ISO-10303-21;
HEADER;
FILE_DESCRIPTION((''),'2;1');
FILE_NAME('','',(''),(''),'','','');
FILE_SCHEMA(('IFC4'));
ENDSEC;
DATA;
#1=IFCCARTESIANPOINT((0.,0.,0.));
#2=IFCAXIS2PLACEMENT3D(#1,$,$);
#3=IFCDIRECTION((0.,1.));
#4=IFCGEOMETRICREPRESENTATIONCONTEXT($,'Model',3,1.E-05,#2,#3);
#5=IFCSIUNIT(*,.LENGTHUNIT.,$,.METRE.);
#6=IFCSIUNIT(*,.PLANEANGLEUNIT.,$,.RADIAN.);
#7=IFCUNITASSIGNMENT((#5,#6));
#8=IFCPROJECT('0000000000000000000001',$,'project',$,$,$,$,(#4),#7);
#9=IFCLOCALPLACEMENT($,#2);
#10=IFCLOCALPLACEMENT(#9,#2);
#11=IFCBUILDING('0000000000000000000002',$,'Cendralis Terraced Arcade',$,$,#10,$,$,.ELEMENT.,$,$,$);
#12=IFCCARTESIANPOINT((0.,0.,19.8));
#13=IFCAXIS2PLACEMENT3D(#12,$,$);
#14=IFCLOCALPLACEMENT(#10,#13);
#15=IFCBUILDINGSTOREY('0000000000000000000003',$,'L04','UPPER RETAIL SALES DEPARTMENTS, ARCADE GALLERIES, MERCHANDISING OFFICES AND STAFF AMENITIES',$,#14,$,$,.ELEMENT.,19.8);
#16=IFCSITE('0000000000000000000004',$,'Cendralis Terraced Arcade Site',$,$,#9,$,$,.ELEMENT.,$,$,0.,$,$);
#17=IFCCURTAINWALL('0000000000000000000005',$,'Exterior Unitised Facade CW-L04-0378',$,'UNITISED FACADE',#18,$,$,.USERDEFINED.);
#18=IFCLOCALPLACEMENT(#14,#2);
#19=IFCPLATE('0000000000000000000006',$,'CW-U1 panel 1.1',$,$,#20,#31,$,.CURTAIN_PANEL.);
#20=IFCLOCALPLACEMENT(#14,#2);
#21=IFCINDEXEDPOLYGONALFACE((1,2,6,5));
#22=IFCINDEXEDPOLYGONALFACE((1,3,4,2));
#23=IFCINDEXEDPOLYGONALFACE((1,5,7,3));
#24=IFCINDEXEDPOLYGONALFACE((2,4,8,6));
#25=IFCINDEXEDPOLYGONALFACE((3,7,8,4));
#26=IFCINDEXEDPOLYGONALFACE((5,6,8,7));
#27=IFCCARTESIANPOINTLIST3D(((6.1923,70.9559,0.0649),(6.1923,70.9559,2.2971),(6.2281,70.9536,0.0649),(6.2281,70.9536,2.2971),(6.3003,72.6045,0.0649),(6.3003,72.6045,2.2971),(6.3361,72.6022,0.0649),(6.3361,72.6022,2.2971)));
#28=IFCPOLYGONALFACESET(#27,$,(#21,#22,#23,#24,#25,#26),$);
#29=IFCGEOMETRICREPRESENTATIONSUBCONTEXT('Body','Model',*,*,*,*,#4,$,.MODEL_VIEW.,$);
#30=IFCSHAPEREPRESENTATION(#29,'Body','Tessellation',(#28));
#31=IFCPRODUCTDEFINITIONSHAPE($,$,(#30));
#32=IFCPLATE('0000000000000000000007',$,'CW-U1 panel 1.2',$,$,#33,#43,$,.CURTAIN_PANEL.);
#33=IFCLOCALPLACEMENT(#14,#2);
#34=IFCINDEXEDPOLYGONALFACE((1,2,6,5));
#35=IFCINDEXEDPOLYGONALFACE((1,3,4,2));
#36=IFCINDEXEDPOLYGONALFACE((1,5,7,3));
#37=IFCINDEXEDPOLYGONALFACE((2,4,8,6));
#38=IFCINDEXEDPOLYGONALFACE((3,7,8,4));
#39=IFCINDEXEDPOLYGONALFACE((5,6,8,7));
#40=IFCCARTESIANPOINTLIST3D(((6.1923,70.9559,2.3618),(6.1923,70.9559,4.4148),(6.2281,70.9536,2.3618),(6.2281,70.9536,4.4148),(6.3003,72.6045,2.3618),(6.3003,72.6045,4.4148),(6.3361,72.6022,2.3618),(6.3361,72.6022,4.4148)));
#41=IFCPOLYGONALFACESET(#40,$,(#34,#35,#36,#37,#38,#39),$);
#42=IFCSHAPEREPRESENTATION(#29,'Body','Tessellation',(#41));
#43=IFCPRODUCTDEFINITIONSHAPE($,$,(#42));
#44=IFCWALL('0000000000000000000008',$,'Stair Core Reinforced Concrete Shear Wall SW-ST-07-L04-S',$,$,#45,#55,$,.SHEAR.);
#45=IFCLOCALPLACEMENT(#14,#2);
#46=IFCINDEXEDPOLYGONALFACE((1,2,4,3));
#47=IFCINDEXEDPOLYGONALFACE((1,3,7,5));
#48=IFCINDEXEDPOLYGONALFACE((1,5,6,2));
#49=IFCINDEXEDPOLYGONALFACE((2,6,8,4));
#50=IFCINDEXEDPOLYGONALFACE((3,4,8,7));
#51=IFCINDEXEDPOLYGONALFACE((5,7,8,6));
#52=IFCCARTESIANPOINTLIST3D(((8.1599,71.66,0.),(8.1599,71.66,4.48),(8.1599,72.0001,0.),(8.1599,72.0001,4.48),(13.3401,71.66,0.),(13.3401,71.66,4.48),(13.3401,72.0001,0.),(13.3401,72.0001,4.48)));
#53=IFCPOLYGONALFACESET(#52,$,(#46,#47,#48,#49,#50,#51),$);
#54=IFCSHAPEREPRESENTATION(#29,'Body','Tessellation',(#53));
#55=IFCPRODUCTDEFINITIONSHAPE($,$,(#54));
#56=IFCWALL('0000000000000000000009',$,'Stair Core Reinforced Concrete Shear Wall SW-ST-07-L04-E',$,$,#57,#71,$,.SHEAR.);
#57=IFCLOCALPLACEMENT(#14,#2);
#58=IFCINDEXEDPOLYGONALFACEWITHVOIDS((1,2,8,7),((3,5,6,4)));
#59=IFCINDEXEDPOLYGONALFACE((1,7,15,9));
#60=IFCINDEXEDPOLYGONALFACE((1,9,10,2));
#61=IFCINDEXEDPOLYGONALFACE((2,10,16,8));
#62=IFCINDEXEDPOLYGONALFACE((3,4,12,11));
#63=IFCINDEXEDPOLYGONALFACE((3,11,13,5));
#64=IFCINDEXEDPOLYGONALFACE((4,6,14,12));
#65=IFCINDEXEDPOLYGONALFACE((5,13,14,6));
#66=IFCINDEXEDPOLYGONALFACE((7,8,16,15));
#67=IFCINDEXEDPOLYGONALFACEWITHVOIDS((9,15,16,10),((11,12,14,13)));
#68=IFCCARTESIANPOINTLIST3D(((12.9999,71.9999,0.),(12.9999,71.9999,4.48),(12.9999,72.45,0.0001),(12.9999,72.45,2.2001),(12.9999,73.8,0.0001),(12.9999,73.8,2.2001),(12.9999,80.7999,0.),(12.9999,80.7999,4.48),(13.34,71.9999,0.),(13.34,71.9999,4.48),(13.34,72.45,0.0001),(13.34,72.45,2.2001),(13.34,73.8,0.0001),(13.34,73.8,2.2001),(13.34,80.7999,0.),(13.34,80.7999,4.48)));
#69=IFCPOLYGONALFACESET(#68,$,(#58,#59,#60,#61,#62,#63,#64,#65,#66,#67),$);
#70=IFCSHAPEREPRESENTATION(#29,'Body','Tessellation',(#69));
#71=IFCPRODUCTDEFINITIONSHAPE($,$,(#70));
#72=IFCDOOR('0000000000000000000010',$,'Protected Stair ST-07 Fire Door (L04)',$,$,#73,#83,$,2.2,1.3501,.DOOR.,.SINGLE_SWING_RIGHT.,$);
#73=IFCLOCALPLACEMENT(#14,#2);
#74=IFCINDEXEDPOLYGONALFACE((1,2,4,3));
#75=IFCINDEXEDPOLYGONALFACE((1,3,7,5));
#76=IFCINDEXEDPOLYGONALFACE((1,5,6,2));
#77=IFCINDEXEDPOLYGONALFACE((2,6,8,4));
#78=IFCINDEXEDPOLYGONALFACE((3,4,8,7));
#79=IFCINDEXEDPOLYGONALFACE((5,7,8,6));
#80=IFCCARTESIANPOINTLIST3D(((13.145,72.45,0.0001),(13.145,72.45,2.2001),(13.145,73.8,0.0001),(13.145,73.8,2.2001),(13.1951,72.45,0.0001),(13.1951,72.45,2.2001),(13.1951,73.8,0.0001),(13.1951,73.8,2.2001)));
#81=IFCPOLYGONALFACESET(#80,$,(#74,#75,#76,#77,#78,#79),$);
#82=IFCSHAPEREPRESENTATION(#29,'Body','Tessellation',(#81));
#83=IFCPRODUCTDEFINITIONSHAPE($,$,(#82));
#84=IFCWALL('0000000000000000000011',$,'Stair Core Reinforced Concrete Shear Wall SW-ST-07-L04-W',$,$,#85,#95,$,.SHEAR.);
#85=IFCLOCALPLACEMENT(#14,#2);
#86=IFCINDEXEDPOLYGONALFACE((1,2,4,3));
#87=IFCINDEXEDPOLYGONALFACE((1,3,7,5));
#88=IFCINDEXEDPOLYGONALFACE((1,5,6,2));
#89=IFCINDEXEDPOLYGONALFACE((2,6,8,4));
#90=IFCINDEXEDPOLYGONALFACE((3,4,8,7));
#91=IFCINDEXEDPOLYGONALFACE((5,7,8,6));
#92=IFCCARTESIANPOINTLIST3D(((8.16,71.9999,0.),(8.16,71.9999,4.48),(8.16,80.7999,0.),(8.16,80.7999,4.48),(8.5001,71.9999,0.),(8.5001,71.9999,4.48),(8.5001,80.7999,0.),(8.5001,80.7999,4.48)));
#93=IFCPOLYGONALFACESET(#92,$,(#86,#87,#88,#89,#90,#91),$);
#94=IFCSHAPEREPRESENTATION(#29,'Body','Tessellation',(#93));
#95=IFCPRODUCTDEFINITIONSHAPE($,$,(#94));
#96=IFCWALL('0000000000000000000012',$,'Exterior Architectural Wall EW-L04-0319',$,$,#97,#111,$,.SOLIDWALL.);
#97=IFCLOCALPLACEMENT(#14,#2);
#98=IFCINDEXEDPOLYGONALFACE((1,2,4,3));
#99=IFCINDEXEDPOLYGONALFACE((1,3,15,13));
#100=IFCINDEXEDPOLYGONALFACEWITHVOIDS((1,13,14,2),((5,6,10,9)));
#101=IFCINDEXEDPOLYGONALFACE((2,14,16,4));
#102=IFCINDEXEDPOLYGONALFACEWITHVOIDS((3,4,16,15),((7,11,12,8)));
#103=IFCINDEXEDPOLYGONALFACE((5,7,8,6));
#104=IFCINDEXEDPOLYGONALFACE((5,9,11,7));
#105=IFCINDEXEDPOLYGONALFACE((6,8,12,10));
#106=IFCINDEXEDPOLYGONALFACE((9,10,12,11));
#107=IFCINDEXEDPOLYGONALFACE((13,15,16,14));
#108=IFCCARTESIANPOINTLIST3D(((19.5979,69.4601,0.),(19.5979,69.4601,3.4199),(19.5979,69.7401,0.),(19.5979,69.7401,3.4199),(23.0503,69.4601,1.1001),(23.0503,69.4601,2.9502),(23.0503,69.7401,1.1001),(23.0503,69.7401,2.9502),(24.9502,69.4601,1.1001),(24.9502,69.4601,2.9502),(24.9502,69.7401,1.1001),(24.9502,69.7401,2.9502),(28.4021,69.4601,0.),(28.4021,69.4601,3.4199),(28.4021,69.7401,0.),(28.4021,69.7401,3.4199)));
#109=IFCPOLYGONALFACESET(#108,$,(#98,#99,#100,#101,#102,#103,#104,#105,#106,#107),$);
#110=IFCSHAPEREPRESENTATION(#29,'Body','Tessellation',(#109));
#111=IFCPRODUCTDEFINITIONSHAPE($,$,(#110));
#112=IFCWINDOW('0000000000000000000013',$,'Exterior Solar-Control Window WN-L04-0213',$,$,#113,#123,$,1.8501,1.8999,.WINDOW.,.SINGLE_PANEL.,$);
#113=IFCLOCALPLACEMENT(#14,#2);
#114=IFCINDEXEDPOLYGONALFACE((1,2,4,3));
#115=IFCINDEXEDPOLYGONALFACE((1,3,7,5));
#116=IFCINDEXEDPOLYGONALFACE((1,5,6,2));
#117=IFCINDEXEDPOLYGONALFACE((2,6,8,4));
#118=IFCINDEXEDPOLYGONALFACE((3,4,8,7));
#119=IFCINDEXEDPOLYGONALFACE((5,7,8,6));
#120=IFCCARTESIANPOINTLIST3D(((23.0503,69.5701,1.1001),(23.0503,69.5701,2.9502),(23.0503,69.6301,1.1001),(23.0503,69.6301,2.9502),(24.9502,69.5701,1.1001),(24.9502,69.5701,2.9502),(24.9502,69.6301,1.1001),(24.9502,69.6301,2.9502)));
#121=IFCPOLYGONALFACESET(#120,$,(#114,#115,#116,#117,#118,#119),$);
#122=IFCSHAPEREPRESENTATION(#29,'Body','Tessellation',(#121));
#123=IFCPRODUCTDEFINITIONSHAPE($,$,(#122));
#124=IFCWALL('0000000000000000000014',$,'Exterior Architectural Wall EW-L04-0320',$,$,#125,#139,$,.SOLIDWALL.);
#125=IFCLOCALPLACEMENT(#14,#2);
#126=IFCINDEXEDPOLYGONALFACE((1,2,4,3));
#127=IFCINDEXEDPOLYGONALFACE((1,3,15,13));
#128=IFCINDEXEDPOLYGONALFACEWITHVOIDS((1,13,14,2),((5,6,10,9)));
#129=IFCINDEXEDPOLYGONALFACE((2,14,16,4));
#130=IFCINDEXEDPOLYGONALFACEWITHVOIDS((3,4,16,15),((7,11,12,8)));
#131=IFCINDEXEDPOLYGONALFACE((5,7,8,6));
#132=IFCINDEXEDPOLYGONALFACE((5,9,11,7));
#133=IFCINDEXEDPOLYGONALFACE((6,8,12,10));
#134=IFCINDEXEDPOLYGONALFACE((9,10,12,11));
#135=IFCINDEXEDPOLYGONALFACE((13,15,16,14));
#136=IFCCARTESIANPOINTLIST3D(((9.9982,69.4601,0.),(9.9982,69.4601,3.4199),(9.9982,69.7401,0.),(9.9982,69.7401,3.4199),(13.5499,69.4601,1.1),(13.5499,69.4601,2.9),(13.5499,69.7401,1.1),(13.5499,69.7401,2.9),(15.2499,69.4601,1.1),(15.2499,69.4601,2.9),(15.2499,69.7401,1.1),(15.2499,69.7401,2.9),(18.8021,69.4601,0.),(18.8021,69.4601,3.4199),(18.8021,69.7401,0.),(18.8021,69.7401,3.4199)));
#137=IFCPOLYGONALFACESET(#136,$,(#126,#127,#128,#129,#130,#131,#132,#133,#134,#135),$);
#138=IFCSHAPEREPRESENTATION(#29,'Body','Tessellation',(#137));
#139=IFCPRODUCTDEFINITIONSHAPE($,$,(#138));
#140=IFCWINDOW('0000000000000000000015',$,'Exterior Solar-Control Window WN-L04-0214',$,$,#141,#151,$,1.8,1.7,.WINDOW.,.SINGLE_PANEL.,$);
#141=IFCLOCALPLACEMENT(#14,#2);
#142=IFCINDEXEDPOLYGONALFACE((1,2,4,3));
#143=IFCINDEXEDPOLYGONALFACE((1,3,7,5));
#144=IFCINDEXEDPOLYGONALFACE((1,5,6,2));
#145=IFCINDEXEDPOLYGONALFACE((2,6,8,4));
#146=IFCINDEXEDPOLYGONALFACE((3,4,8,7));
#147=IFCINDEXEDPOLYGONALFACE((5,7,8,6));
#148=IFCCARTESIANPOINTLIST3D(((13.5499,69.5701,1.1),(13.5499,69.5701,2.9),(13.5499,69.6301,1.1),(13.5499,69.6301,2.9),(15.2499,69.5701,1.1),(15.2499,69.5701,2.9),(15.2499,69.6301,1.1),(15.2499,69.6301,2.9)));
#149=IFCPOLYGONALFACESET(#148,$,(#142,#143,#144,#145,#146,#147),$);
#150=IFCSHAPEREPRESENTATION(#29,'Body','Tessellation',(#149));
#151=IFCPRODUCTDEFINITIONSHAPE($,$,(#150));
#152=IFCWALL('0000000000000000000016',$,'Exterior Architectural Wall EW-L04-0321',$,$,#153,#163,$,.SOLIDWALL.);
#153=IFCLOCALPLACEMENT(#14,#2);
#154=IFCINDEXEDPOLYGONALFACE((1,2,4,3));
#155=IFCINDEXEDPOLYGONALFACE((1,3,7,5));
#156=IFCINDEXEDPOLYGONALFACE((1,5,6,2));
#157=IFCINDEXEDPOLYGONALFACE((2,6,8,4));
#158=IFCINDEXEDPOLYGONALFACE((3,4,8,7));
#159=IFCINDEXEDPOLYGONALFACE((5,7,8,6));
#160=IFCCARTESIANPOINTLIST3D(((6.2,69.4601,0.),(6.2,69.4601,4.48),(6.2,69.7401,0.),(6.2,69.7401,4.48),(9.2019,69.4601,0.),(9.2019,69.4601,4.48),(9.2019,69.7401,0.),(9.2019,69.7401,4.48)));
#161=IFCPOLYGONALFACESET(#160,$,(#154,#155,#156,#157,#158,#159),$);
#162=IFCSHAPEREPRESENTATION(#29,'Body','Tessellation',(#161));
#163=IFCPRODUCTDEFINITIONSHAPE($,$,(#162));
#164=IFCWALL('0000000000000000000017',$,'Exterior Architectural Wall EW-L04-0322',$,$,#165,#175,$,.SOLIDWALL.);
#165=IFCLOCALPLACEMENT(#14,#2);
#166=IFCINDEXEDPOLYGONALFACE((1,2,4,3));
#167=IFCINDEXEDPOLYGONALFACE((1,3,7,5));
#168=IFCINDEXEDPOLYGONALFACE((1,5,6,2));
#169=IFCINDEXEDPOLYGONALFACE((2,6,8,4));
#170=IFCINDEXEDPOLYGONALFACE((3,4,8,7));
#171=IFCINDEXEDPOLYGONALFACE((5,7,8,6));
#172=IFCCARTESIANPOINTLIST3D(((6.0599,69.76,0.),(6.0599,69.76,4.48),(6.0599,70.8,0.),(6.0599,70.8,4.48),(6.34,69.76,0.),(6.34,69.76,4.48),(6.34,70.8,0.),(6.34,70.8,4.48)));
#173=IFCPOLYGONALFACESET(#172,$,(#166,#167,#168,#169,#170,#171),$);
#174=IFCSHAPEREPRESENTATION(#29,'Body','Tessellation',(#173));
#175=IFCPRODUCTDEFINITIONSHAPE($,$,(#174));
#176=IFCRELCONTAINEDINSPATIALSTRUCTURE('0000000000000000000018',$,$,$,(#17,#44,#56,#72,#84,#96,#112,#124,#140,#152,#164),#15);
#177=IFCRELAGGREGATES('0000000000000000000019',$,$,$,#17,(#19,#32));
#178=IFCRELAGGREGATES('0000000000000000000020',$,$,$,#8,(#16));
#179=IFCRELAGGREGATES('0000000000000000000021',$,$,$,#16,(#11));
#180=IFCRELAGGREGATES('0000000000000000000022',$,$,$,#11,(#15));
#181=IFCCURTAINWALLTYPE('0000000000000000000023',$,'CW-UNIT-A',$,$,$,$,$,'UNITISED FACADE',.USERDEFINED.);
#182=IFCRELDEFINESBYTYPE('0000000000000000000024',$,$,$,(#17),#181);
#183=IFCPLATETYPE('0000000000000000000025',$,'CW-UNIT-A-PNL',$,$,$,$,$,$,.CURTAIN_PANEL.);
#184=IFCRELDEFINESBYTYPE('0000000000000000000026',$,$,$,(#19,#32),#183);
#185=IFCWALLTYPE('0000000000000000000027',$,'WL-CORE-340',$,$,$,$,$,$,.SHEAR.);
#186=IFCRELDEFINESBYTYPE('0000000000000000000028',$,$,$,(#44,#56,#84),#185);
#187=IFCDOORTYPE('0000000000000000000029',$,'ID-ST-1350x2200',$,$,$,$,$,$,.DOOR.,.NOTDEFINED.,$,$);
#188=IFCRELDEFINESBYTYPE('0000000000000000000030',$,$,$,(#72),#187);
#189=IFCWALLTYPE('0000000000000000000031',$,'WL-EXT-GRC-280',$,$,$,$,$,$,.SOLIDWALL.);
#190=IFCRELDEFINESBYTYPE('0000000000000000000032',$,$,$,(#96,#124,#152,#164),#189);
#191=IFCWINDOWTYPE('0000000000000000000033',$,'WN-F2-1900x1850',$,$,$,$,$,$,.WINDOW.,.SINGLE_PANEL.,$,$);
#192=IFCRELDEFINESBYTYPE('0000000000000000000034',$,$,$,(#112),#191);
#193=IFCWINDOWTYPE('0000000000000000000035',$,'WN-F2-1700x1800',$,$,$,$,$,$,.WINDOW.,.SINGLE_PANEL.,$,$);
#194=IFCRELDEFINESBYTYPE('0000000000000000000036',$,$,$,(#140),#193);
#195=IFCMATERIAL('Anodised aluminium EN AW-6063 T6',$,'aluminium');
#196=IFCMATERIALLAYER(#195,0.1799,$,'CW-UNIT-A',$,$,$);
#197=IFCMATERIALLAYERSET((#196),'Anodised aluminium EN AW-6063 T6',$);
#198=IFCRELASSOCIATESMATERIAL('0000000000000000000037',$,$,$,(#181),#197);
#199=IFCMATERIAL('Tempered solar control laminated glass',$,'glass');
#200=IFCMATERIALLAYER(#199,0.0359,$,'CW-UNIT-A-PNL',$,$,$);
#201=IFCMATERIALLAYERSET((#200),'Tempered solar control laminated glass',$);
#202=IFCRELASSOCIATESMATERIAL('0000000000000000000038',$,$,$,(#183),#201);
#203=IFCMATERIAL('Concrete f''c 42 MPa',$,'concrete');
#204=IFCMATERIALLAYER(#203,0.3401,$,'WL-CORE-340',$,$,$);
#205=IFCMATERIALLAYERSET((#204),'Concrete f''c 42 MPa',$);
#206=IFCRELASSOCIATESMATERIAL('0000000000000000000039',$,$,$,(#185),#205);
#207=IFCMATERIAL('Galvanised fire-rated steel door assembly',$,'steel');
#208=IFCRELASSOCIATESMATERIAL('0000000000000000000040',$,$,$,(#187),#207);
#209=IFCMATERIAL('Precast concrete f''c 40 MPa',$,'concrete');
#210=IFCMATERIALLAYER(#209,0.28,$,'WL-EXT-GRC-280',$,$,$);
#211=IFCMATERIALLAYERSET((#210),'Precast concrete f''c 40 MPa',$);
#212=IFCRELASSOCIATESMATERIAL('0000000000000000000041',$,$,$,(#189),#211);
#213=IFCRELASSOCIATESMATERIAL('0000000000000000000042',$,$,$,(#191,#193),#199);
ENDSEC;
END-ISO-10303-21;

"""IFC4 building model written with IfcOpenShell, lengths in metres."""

from ifc_helpers import new_model, si_unit, direction, frame, frame_2d, origin, origin_2d, place, context, subcontext, project, spatial, rectangle, extrude, material, layer, layer_set, type_object, element, fill, aggregate, save


model = new_model("IFC4")

# Units and contexts
model_context = context("Model", 3, precision=1e-05, world=origin(), true_north=direction((0.0, 1.0)))
body_context = subcontext(model_context, "Body", "Model", "MODEL_VIEW")
ifc_project = project(units=[si_unit("LENGTHUNIT", "METRE"), si_unit("PLANEANGLEUNIT", "RADIAN")], contexts=[model_context])

# Site, building, storey
site_placement = place(None, origin())
site = spatial("IfcSite", under=ifc_project, at=site_placement, Name="Cendralis Terraced Arcade Site", CompositionType="ELEMENT", RefElevation=0.0)
building_placement = place(site_placement, origin())
building = spatial("IfcBuilding", under=site, at=building_placement, Name="Cendralis Terraced Arcade", CompositionType="ELEMENT")
storey_placement = place(building_placement, frame((0.0, 0.0, 19.8)))
storey = spatial("IfcBuildingStorey", under=building, at=storey_placement, Name="L04", Description="UPPER RETAIL SALES DEPARTMENTS, ARCADE GALLERIES, MERCHANDISING OFFICES AND STAFF AMENITIES", CompositionType="ELEMENT", Elevation=19.8)

# Shared definitions
ifc_material_1 = material(Name="Concrete f'c 42 MPa", Category="concrete")

# Shared definitions
ifc_material_2 = material(Name="Anodised aluminium EN AW-6063 T6", Category="aluminium")
ifc_layer_1 = layer(ifc_material_2, 0.1799, Name="CW-UNIT-A")
ifc_layer_set_1 = layer_set([ifc_layer_1], Name="Anodised aluminium EN AW-6063 T6")
curtain_wall_type = type_object("IfcCurtainWallType", Name="CW-UNIT-A", ElementType="UNITISED FACADE", PredefinedType="USERDEFINED", material=ifc_layer_set_1)

# Curtain wall
curtain_wall_1_placement = place(storey_placement, origin())
curtain_wall_1 = element("IfcCurtainWall", 1, at=curtain_wall_1_placement, inside=storey, type_object=curtain_wall_type, Name="Exterior Unitised Facade CW-L04-0378", ObjectType="UNITISED FACADE", PredefinedType="USERDEFINED")

# Plates
ifc_material_3 = material(Name="Tempered solar control laminated glass", Category="glass")
ifc_layer_2 = layer(ifc_material_3, 0.0359, Name="CW-UNIT-A-PNL")
ifc_layer_set_2 = layer_set([ifc_layer_2], Name="Tempered solar control laminated glass")
plate_type = type_object("IfcPlateType", Name="CW-UNIT-A-PNL", PredefinedType="CURTAIN_PANEL", material=ifc_layer_set_2)
plate_1_placement = place(storey_placement, frame((6.2642, 71.7791, 0.0649), z_axis=(0.0, 0.0, 1.0), x_axis=(0.065372, 0.997861, 0.0)))
plate_1 = element("IfcPlate", 2, at=plate_1_placement, type_object=plate_type, Name="CW-U1 panel 1.1", PredefinedType="CURTAIN_PANEL", context=body_context, shape_type="SweptSolid", body=[
    extrude(rectangle(XDim=1.6521, YDim=0.0359, at=origin_2d()), origin(), (0.0, 0.0, 1.0), 2.2322),
])
plate_2_placement = place(storey_placement, frame((6.2642, 71.7791, 2.3618), z_axis=(0.0, 0.0, 1.0), x_axis=(0.065372, 0.997861, 0.0)))
plate_2 = element("IfcPlate", 3, at=plate_2_placement, type_object=plate_type, Name="CW-U1 panel 1.2", PredefinedType="CURTAIN_PANEL", context=body_context, shape_type="SweptSolid", body=[
    extrude(rectangle(XDim=1.6521, YDim=0.0359, at=origin_2d()), origin(), (0.0, 0.0, 1.0), 2.053),
])
aggregate(curtain_wall_1, [plate_1, plate_2])

# Wall
ifc_layer_3 = layer(ifc_material_1, 0.3401, Name="WL-CORE-340")
ifc_layer_set_3 = layer_set([ifc_layer_3], Name="Concrete f'c 42 MPa")
wall_type_1 = type_object("IfcWallType", Name="WL-CORE-340", PredefinedType="SHEAR", material=ifc_layer_set_3)
wall_1_placement = place(storey_placement, frame((8.1599, 71.8301, 0.0), z_axis=(0.0, 0.0, 1.0), x_axis=(1.0, 0.0, 0.0)))
element("IfcWall", 4, at=wall_1_placement, inside=storey, type_object=wall_type_1, Name="Stair Core Reinforced Concrete Shear Wall SW-ST-07-L04-S", PredefinedType="SHEAR", context=body_context, shape_type="SweptSolid", body=[
    extrude(rectangle(XDim=5.1802, YDim=0.3401, at=frame_2d((2.5901, 0.0))), origin(), (0.0, 0.0, 1.0), 4.48),
])

# Wall, opening, door
wall_2_placement = place(storey_placement, frame((13.1699, 72.0, 0.0), z_axis=(0.0, 0.0, 1.0), x_axis=(0.0, 1.0, 0.0)))
wall_2 = element("IfcWall", 5, at=wall_2_placement, inside=storey, type_object=wall_type_1, Name="Stair Core Reinforced Concrete Shear Wall SW-ST-07-L04-E", PredefinedType="SHEAR", context=body_context, shape_type="SweptSolid", body=[
    extrude(rectangle(XDim=8.8, YDim=0.3401, at=frame_2d((4.3999, 0.0))), origin(), (0.0, 0.0, 1.0), 4.48),
])
opening_1_placement = place(wall_2_placement, frame((0.45, 0.0, 0.0)))
opening_1 = element("IfcOpeningElement", 6, at=opening_1_placement, cuts=wall_2, PredefinedType="OPENING", context=body_context, shape_type="SweptSolid", body=[
    extrude(rectangle(XDim=1.3501, YDim=2.2, at=frame_2d((0.675, 1.1001))), frame((0.0, 0.1821, 0.0), z_axis=(0.0, -1.0, 0.0), x_axis=(1.0, 0.0, 0.0)), (0.0, 0.0, 1.0), 0.364),
])
ifc_material_4 = material(Name="Galvanised fire-rated steel door assembly", Category="steel")
door_type = type_object("IfcDoorType", Name="ID-ST-1350x2200", OperationType="NOTDEFINED", PredefinedType="DOOR", material=ifc_material_4)
door_placement = place(opening_1_placement, origin())
door = element("IfcDoor", 7, at=door_placement, inside=storey, type_object=door_type, Name="Protected Stair ST-07 Fire Door (L04)", OperationType="SINGLE_SWING_RIGHT", OverallHeight=2.2, OverallWidth=1.3501, PredefinedType="DOOR", context=body_context, shape_type="SweptSolid", body=[
    extrude(rectangle(XDim=1.3501, YDim=2.2, at=frame_2d((0.675, 1.1001))), frame((0.0, 0.0249, 0.0), z_axis=(0.0, -1.0, 0.0), x_axis=(1.0, 0.0, 0.0)), (0.0, 0.0, 1.0), 0.05),
])
fill(opening_1, door)

# Wall
wall_3_placement = place(storey_placement, frame((8.3301, 72.0, 0.0), z_axis=(0.0, 0.0, 1.0), x_axis=(0.0, 1.0, 0.0)))
element("IfcWall", 8, at=wall_3_placement, inside=storey, type_object=wall_type_1, Name="Stair Core Reinforced Concrete Shear Wall SW-ST-07-L04-W", PredefinedType="SHEAR", context=body_context, shape_type="SweptSolid", body=[
    extrude(rectangle(XDim=8.8, YDim=0.3401, at=frame_2d((4.3999, 0.0))), origin(), (0.0, 0.0, 1.0), 4.48),
])

# Walls, openings, windows
ifc_material_5 = material(Name="Precast concrete f'c 40 MPa", Category="concrete")
ifc_layer_4 = layer(ifc_material_5, 0.28, Name="WL-EXT-GRC-280")
ifc_layer_set_4 = layer_set([ifc_layer_4], Name="Precast concrete f'c 40 MPa")
wall_type_2 = type_object("IfcWallType", Name="WL-EXT-GRC-280", PredefinedType="SOLIDWALL", material=ifc_layer_set_4)
wall_4_placement = place(storey_placement, frame((28.4021, 69.6001, 0.0), z_axis=(0.0, 0.0, 1.0), x_axis=(-1.0, 0.0, 0.0)))
wall_4 = element("IfcWall", 9, at=wall_4_placement, inside=storey, type_object=wall_type_2, Name="Exterior Architectural Wall EW-L04-0319", PredefinedType="SOLIDWALL", context=body_context, shape_type="SweptSolid", body=[
    extrude(rectangle(XDim=8.8042, YDim=0.28, at=frame_2d((4.4021, 0.0))), origin(), (0.0, 0.0, 1.0), 3.4199),
])
opening_2_placement = place(wall_4_placement, frame((3.4519, 0.0, 1.1001)))
opening_2 = element("IfcOpeningElement", 10, at=opening_2_placement, cuts=wall_4, PredefinedType="OPENING", context=body_context, shape_type="SweptSolid", body=[
    extrude(rectangle(XDim=1.8999, YDim=1.8501, at=frame_2d((0.95, 0.925))), frame((0.0, 0.1519, 0.0), z_axis=(0.0, -1.0, 0.0), x_axis=(1.0, 0.0, 0.0)), (0.0, 0.0, 1.0), 0.304),
])
window_type_1 = type_object("IfcWindowType", Name="WN-F2-1900x1850", PartitioningType="SINGLE_PANEL", PredefinedType="WINDOW", material=ifc_material_3)
window_1_placement = place(opening_2_placement, origin())
window_1 = element("IfcWindow", 11, at=window_1_placement, inside=storey, type_object=window_type_1, Name="Exterior Solar-Control Window WN-L04-0213", OverallHeight=1.8501, OverallWidth=1.8999, PartitioningType="SINGLE_PANEL", PredefinedType="WINDOW", context=body_context, shape_type="SweptSolid", body=[
    extrude(rectangle(XDim=1.8999, YDim=1.8501, at=frame_2d((0.95, 0.925))), frame((0.0, 0.03, 0.0), z_axis=(0.0, -1.0, 0.0), x_axis=(1.0, 0.0, 0.0)), (0.0, 0.0, 1.0), 0.0601),
])
fill(opening_2, window_1)
wall_5_placement = place(storey_placement, frame((18.802, 69.6001, 0.0), z_axis=(0.0, 0.0, 1.0), x_axis=(-1.0, 0.0, 0.0)))
wall_5 = element("IfcWall", 12, at=wall_5_placement, inside=storey, type_object=wall_type_2, Name="Exterior Architectural Wall EW-L04-0320", PredefinedType="SOLIDWALL", context=body_context, shape_type="SweptSolid", body=[
    extrude(rectangle(XDim=8.804, YDim=0.28, at=frame_2d((4.4019, 0.0))), origin(), (0.0, 0.0, 1.0), 3.4199),
])
opening_3_placement = place(wall_5_placement, frame((3.552, 0.0, 1.1001)))
opening_3 = element("IfcOpeningElement", 13, at=opening_3_placement, cuts=wall_5, PredefinedType="OPENING", context=body_context, shape_type="SweptSolid", body=[
    extrude(rectangle(XDim=1.7, YDim=1.8, at=frame_2d((0.8501, 0.8999))), frame((0.0, 0.1519, 0.0), z_axis=(0.0, -1.0, 0.0), x_axis=(1.0, 0.0, 0.0)), (0.0, 0.0, 1.0), 0.304),
])
window_type_2 = type_object("IfcWindowType", Name="WN-F2-1700x1800", PartitioningType="SINGLE_PANEL", PredefinedType="WINDOW", material=ifc_material_3)
window_2_placement = place(opening_3_placement, origin())
window_2 = element("IfcWindow", 14, at=window_2_placement, inside=storey, type_object=window_type_2, Name="Exterior Solar-Control Window WN-L04-0214", OverallHeight=1.8, OverallWidth=1.7, PartitioningType="SINGLE_PANEL", PredefinedType="WINDOW", context=body_context, shape_type="SweptSolid", body=[
    extrude(rectangle(XDim=1.7, YDim=1.8, at=frame_2d((0.8501, 0.8999))), frame((0.0, 0.03, 0.0), z_axis=(0.0, -1.0, 0.0), x_axis=(1.0, 0.0, 0.0)), (0.0, 0.0, 1.0), 0.0601),
])
fill(opening_3, window_2)

# Walls
wall_6_placement = place(storey_placement, frame((9.2019, 69.6001, 0.0), z_axis=(0.0, 0.0, 1.0), x_axis=(-1.0, 0.0, 0.0)))
element("IfcWall", 15, at=wall_6_placement, inside=storey, type_object=wall_type_2, Name="Exterior Architectural Wall EW-L04-0321", PredefinedType="SOLIDWALL", context=body_context, shape_type="SweptSolid", body=[
    extrude(rectangle(XDim=3.002, YDim=0.28, at=frame_2d((1.501, 0.0))), origin(), (0.0, 0.0, 1.0), 4.48),
])
wall_7_placement = place(storey_placement, frame((6.2, 69.76, 0.0), z_axis=(0.0, 0.0, 1.0), x_axis=(0.0, 1.0, 0.0)))
element("IfcWall", 16, at=wall_7_placement, inside=storey, type_object=wall_type_2, Name="Exterior Architectural Wall EW-L04-0322", PredefinedType="SOLIDWALL", context=body_context, shape_type="SweptSolid", body=[
    extrude(rectangle(XDim=1.04, YDim=0.28, at=frame_2d((0.52, 0.0))), origin(), (0.0, 0.0, 1.0), 4.48),
])

save(model, "model.ifc")
